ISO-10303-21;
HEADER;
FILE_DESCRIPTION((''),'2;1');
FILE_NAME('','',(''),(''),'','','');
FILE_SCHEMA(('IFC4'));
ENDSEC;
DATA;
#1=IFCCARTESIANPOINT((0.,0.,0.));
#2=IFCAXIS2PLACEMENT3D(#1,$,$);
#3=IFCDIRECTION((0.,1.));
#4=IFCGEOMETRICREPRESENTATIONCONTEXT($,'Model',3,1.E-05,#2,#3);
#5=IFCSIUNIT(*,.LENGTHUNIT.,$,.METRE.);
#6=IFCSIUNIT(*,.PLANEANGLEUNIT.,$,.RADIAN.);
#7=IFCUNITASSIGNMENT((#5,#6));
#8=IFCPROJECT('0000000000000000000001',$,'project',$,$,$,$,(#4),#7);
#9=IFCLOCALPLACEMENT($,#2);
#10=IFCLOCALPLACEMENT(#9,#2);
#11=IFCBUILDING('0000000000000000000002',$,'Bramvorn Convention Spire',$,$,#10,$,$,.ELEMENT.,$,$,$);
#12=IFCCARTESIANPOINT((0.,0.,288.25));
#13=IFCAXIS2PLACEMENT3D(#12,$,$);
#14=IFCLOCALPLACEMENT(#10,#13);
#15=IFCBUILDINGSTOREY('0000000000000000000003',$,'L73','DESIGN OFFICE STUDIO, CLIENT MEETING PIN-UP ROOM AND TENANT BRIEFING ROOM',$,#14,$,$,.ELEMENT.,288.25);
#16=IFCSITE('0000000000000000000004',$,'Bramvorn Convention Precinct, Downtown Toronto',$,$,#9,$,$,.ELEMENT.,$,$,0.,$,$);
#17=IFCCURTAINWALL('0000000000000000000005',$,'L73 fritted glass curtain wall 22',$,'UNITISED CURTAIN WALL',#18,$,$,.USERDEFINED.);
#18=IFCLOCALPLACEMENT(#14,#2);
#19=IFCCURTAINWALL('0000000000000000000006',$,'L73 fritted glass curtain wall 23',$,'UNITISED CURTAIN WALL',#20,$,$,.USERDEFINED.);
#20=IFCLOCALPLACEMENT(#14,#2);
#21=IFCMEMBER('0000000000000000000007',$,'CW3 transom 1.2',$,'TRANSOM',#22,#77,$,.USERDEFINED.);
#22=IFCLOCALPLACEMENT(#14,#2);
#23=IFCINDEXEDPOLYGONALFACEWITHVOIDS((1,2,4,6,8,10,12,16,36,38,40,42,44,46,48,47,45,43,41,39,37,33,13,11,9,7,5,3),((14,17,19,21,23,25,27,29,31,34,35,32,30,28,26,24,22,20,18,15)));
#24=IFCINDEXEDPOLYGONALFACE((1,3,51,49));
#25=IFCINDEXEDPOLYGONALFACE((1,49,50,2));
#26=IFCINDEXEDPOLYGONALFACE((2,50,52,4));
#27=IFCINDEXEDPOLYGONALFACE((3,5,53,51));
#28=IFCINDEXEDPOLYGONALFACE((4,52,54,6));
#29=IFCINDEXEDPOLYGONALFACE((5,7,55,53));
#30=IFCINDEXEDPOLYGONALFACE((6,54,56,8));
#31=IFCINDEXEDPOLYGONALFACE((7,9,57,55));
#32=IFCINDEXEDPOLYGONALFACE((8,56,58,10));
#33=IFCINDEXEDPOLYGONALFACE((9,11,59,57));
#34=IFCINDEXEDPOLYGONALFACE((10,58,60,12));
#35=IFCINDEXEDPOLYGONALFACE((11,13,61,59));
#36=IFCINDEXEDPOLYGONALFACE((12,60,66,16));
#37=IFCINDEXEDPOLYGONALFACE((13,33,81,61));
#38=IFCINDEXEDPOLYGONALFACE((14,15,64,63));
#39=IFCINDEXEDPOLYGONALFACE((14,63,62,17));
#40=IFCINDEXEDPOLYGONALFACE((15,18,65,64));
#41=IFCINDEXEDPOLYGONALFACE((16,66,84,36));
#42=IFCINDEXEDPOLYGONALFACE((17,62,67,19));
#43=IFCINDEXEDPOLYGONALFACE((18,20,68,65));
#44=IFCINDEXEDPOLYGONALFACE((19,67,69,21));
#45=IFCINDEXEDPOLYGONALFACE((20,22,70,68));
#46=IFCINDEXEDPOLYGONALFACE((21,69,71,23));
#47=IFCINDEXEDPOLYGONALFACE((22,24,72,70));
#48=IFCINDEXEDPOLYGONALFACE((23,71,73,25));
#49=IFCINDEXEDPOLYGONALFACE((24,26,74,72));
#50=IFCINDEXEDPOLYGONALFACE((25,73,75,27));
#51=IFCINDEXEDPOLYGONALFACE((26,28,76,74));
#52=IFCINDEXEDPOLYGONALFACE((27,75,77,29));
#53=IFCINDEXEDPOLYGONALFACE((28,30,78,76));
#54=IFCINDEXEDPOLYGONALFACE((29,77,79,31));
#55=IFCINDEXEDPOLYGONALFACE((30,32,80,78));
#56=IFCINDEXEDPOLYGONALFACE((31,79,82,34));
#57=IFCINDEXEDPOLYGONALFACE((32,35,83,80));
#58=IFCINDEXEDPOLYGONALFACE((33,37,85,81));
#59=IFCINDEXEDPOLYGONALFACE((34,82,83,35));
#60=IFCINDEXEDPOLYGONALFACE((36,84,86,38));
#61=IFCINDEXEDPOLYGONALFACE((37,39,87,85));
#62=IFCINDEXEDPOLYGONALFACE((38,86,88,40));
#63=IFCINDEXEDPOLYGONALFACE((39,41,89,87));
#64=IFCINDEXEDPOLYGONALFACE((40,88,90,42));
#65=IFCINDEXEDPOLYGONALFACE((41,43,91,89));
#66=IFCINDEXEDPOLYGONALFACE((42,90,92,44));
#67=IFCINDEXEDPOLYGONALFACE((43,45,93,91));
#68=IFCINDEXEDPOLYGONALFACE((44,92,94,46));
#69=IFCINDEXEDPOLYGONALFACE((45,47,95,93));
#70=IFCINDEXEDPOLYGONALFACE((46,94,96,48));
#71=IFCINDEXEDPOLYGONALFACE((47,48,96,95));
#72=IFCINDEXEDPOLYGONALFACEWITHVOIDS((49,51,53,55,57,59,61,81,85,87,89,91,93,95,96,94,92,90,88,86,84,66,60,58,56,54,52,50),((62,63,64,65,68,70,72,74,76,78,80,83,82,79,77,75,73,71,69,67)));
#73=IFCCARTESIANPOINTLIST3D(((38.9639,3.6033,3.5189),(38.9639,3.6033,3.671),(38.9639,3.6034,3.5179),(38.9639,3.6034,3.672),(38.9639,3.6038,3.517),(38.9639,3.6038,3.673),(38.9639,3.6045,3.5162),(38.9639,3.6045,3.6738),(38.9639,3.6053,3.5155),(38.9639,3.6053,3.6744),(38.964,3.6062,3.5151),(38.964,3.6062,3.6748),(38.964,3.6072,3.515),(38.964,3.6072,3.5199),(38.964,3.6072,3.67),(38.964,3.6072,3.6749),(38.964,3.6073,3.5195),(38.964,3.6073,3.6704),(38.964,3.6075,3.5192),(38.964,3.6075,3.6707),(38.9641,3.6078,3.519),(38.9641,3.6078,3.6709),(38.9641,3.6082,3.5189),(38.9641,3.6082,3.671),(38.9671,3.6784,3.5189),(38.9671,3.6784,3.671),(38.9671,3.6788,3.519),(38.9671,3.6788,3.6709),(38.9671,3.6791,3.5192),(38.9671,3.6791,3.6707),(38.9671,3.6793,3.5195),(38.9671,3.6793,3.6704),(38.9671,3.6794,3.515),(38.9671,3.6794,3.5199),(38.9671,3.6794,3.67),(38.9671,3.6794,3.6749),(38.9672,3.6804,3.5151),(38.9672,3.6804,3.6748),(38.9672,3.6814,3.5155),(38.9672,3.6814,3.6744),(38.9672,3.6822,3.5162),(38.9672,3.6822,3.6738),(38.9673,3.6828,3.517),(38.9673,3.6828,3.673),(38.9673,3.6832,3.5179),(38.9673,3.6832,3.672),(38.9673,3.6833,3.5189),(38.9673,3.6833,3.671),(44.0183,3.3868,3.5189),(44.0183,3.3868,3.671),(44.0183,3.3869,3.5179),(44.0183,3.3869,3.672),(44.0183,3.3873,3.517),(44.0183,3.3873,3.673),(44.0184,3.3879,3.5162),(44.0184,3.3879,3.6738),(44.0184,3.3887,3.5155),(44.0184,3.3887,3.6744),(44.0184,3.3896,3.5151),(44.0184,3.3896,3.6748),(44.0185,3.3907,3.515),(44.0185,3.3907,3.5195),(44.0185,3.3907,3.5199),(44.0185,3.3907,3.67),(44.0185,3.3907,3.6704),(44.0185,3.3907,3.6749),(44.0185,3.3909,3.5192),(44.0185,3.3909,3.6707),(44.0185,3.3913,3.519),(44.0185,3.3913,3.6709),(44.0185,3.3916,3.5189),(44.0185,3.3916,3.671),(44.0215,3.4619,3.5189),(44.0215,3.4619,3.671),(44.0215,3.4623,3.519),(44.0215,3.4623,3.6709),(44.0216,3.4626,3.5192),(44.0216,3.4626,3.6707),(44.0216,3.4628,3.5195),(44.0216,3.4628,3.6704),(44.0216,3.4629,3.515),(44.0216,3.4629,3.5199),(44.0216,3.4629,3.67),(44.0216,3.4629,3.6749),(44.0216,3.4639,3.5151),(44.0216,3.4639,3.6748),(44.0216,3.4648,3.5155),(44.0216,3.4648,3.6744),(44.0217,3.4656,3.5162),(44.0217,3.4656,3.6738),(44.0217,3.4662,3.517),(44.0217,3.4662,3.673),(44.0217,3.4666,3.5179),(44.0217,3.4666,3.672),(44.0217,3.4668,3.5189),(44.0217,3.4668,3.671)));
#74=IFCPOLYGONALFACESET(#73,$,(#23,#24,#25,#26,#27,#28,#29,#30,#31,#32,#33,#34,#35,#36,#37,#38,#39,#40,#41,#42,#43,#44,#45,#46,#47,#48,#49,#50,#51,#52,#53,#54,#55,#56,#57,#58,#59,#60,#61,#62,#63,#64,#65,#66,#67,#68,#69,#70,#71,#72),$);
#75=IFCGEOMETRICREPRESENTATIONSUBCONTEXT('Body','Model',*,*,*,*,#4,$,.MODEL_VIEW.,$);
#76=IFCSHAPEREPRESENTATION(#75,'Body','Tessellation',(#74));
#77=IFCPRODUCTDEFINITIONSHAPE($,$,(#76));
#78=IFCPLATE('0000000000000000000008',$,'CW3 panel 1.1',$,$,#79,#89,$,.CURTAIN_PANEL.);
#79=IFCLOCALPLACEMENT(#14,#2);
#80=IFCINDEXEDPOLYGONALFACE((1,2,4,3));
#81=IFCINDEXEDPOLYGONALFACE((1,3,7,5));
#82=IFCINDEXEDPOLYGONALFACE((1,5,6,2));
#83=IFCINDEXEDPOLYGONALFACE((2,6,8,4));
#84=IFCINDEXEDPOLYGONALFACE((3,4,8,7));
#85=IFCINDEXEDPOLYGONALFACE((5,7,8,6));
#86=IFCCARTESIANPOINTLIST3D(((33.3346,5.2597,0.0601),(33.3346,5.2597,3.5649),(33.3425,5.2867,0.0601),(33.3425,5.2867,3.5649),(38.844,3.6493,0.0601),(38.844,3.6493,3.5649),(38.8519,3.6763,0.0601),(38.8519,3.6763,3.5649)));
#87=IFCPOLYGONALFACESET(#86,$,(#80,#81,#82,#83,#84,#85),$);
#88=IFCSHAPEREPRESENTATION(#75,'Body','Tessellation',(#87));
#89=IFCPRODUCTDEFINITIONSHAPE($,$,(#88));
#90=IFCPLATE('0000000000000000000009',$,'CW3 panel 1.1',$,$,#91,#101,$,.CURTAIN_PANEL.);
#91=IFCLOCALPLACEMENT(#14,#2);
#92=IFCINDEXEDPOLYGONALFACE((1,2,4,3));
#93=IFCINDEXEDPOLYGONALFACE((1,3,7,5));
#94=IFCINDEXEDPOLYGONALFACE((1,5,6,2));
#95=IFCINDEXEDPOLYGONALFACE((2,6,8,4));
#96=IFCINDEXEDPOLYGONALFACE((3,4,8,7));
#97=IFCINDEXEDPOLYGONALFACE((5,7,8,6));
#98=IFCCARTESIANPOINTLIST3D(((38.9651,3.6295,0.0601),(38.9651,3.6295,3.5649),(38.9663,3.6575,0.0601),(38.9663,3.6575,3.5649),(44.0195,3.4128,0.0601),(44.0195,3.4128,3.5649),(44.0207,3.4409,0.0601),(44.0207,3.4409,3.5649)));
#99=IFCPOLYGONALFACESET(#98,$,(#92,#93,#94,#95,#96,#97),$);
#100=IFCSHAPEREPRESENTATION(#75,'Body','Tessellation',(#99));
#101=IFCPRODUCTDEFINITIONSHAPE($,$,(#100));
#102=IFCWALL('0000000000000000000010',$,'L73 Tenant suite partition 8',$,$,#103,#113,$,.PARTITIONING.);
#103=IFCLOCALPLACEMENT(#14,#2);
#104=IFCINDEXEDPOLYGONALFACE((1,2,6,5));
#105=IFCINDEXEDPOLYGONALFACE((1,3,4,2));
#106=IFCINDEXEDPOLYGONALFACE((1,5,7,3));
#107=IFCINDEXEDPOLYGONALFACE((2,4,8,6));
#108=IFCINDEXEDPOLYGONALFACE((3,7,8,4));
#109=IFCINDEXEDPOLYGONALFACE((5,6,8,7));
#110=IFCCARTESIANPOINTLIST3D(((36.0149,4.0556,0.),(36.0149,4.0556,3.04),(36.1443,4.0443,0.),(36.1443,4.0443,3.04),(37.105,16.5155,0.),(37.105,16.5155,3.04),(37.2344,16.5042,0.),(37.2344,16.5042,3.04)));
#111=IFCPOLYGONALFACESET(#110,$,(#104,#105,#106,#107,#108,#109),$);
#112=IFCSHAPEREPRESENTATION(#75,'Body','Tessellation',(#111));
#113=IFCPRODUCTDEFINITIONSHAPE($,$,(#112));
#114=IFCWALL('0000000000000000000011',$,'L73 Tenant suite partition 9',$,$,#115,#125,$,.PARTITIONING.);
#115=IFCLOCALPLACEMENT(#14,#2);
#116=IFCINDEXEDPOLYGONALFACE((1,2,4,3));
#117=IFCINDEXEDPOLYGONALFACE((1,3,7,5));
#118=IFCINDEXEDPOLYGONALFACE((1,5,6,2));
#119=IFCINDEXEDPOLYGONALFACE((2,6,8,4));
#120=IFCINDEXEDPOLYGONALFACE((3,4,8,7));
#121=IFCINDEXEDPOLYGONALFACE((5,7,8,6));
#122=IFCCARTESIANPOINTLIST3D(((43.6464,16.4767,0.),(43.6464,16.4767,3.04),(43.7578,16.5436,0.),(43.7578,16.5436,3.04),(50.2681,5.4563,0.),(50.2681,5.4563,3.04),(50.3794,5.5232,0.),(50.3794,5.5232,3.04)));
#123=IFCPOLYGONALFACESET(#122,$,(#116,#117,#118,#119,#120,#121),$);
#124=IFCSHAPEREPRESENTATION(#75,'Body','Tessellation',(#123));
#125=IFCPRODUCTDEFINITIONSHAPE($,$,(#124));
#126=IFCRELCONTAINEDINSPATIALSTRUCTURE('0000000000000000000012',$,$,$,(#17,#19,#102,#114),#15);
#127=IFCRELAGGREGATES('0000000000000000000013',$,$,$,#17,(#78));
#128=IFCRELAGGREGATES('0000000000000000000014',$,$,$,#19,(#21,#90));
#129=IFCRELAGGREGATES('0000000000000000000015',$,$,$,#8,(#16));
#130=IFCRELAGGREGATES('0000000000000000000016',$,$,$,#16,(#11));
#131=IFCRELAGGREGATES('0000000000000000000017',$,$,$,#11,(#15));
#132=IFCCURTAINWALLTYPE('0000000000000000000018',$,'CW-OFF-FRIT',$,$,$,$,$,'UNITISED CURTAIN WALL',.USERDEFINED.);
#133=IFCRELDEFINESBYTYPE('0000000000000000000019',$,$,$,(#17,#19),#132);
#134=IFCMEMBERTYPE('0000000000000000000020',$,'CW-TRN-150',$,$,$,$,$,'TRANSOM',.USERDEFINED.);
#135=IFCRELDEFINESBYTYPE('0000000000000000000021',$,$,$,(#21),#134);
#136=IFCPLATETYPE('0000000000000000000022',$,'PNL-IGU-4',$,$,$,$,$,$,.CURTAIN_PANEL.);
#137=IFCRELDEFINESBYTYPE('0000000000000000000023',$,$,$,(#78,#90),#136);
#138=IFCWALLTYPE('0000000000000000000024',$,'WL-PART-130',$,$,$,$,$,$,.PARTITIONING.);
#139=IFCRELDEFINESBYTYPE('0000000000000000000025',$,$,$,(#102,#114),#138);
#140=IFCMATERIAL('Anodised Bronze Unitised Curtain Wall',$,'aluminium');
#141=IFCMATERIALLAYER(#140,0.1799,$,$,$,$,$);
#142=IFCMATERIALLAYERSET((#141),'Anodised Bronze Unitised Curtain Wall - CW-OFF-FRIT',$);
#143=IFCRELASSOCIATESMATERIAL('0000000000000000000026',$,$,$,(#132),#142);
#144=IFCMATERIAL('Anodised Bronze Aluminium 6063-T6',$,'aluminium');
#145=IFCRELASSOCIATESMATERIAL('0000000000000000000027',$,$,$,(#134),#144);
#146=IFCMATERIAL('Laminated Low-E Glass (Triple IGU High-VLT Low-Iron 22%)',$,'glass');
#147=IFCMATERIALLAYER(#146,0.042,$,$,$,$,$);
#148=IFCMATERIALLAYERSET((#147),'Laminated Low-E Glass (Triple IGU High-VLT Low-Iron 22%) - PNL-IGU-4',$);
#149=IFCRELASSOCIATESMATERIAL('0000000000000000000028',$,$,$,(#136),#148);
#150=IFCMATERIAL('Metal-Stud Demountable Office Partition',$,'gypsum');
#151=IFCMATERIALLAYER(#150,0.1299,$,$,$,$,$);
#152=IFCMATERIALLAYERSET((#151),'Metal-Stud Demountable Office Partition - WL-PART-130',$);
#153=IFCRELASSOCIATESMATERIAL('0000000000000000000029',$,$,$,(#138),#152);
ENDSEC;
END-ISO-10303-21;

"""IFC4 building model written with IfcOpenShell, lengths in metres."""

from ifc_helpers import new_model, si_unit, direction, frame, frame_2d, origin, origin_2d, place, context, subcontext, project, spatial, rectangle, hollow_rectangle, extrude, material, layer, layer_set, material_profile, profile_set, type_object, element, aggregate, save


model = new_model("IFC4")

# Units and contexts
model_context = context("Model", 3, precision=1e-05, world=origin(), true_north=direction((0.0, 1.0)))
body_context = subcontext(model_context, "Body", "Model", "MODEL_VIEW")
ifc_project = project(units=[si_unit("LENGTHUNIT", "METRE"), si_unit("PLANEANGLEUNIT", "RADIAN")], contexts=[model_context])

# Site, building, storey
site_placement = place(None, origin())
site = spatial("IfcSite", under=ifc_project, at=site_placement, Name="Bramvorn Convention Precinct, Downtown Toronto", CompositionType="ELEMENT", RefElevation=0.0)
building_placement = place(site_placement, origin())
building = spatial("IfcBuilding", under=site, at=building_placement, Name="Bramvorn Convention Spire", CompositionType="ELEMENT")
storey_placement = place(building_placement, frame((0.0, 0.0, 288.25)))
storey = spatial("IfcBuildingStorey", under=building, at=storey_placement, Name="L73", Description="DESIGN OFFICE STUDIO, CLIENT MEETING PIN-UP ROOM AND TENANT BRIEFING ROOM", CompositionType="ELEMENT", Elevation=288.25)

# Curtain wall
ifc_material_1 = material(Name="Anodised Bronze Unitised Curtain Wall", Category="aluminium")
ifc_layer_1 = layer(ifc_material_1, 0.1799)
ifc_layer_set_1 = layer_set([ifc_layer_1], Name="Anodised Bronze Unitised Curtain Wall - CW-OFF-FRIT")
curtain_wall_type = type_object("IfcCurtainWallType", Name="CW-OFF-FRIT", ElementType="UNITISED CURTAIN WALL", PredefinedType="USERDEFINED", material=ifc_layer_set_1)
curtain_wall_1_placement = place(storey_placement, origin())
curtain_wall_1 = element("IfcCurtainWall", 1, at=curtain_wall_1_placement, inside=storey, type_object=curtain_wall_type, Name="L73 fritted glass curtain wall 22", ObjectType="UNITISED CURTAIN WALL", PredefinedType="USERDEFINED")
ifc_material_2 = material(Name="Anodised Bronze Aluminium 6063-T6", Category="aluminium")

# Curtain wall
curtain_wall_2_placement = place(storey_placement, origin())
curtain_wall_2 = element("IfcCurtainWall", 2, at=curtain_wall_2_placement, inside=storey, type_object=curtain_wall_type, Name="L73 fritted glass curtain wall 23", ObjectType="UNITISED CURTAIN WALL", PredefinedType="USERDEFINED")

# Member
ifc_material_profile_1 = material_profile(ifc_material_2, hollow_rectangle(XDim=0.0801, YDim=0.1599, WallThickness=0.0039, InnerFilletRadius=0.001, OuterFilletRadius=0.0039, at=origin_2d()))
ifc_profile_set_1 = profile_set([ifc_material_profile_1], Name="Anodised Bronze Aluminium 6063-T6 - CWT80X160")
member_type_1 = type_object("IfcMemberType", Name="CW-TRN-150", ElementType="TRANSOM", PredefinedType="USERDEFINED", material=ifc_profile_set_1)
member_1_placement = place(storey_placement, frame((44.02, 3.4268, 3.595), z_axis=(-0.999083, 0.042805, 0.0), x_axis=(-0.042805, -0.999083, 0.0)))
member_1 = element("IfcMember", 3, at=member_1_placement, type_object=member_type_1, Name="CW3 transom 1.2", ObjectType="TRANSOM", PredefinedType="USERDEFINED", context=body_context, shape_type="SweptSolid", body=[
    extrude(hollow_rectangle(XDim=0.0801, YDim=0.1599, WallThickness=0.0039, InnerFilletRadius=0.001, OuterFilletRadius=0.0039, at=origin_2d()), origin(), (0.0, 0.0, 1.0), 5.0591),
])

# Plates
ifc_material_3 = material(Name="Laminated Low-E Glass (Triple IGU High-VLT Low-Iron 22%)", Category="glass")
ifc_layer_2 = layer(ifc_material_3, 0.042)
ifc_layer_set_2 = layer_set([ifc_layer_2], Name="Laminated Low-E Glass (Triple IGU High-VLT Low-Iron 22%) - PNL-IGU-4")
plate_type = type_object("IfcPlateType", Name="PNL-IGU-4", PredefinedType="CURTAIN_PANEL", material=ifc_layer_set_2)
plate_1_placement = place(storey_placement, frame((36.0933, 4.468, 0.0601), z_axis=(0.0, 0.0, 1.0), x_axis=(-0.959836, 0.28056, 0.0)))
plate_1 = element("IfcPlate", 4, at=plate_1_placement, type_object=plate_type, Name="CW3 panel 1.1", PredefinedType="CURTAIN_PANEL", context=body_context, shape_type="SweptSolid", body=[
    extrude(rectangle(XDim=5.74, YDim=0.0281, at=origin_2d()), origin(), (0.0, 0.0, 1.0), 3.5049),
])
aggregate(curtain_wall_1, [plate_1])
plate_2_placement = place(storey_placement, frame((41.4929, 3.5352, 0.0601), z_axis=(0.0, 0.0, 1.0), x_axis=(-0.999083, 0.042826, 0.0)))
plate_2 = element("IfcPlate", 5, at=plate_2_placement, type_object=plate_type, Name="CW3 panel 1.1", PredefinedType="CURTAIN_PANEL", context=body_context, shape_type="SweptSolid", body=[
    extrude(rectangle(XDim=5.0591, YDim=0.0281, at=origin_2d()), origin(), (0.0, 0.0, 1.0), 3.5049),
])
aggregate(curtain_wall_2, [member_1, plate_2])

# Walls
ifc_material_4 = material(Name="Metal-Stud Demountable Office Partition", Category="gypsum")
ifc_layer_3 = layer(ifc_material_4, 0.1299)
ifc_layer_set_3 = layer_set([ifc_layer_3], Name="Metal-Stud Demountable Office Partition - WL-PART-130")
wall_type = type_object("IfcWallType", Name="WL-PART-130", PredefinedType="PARTITIONING", material=ifc_layer_set_3)
wall_1_placement = place(storey_placement, frame((37.1697, 16.51, 0.0), z_axis=(0.0, 0.0, 1.0), x_axis=(-0.087154, -0.996195, 0.0)))
element("IfcWall", 6, at=wall_1_placement, inside=storey, type_object=wall_type, Name="L73 Tenant suite partition 8", PredefinedType="PARTITIONING", context=body_context, shape_type="SweptSolid", body=[
    extrude(rectangle(XDim=12.5076, YDim=0.1299, at=frame_2d((6.2539, 0.0))), origin(), (0.0, 0.0, 1.0), 3.04),
])
wall_2_placement = place(storey_placement, frame((43.7021, 16.51, 0.0), z_axis=(0.0, 0.0, 1.0), x_axis=(0.515035, -0.857169, 0.0)))
element("IfcWall", 7, at=wall_2_placement, inside=storey, type_object=wall_type, Name="L73 Tenant suite partition 9", PredefinedType="PARTITIONING", context=body_context, shape_type="SweptSolid", body=[
    extrude(rectangle(XDim=12.8567, YDim=0.1299, at=frame_2d((6.4282, 0.0))), origin(), (0.0, 0.0, 1.0), 3.04),
])

save(model, "model.ifc")
